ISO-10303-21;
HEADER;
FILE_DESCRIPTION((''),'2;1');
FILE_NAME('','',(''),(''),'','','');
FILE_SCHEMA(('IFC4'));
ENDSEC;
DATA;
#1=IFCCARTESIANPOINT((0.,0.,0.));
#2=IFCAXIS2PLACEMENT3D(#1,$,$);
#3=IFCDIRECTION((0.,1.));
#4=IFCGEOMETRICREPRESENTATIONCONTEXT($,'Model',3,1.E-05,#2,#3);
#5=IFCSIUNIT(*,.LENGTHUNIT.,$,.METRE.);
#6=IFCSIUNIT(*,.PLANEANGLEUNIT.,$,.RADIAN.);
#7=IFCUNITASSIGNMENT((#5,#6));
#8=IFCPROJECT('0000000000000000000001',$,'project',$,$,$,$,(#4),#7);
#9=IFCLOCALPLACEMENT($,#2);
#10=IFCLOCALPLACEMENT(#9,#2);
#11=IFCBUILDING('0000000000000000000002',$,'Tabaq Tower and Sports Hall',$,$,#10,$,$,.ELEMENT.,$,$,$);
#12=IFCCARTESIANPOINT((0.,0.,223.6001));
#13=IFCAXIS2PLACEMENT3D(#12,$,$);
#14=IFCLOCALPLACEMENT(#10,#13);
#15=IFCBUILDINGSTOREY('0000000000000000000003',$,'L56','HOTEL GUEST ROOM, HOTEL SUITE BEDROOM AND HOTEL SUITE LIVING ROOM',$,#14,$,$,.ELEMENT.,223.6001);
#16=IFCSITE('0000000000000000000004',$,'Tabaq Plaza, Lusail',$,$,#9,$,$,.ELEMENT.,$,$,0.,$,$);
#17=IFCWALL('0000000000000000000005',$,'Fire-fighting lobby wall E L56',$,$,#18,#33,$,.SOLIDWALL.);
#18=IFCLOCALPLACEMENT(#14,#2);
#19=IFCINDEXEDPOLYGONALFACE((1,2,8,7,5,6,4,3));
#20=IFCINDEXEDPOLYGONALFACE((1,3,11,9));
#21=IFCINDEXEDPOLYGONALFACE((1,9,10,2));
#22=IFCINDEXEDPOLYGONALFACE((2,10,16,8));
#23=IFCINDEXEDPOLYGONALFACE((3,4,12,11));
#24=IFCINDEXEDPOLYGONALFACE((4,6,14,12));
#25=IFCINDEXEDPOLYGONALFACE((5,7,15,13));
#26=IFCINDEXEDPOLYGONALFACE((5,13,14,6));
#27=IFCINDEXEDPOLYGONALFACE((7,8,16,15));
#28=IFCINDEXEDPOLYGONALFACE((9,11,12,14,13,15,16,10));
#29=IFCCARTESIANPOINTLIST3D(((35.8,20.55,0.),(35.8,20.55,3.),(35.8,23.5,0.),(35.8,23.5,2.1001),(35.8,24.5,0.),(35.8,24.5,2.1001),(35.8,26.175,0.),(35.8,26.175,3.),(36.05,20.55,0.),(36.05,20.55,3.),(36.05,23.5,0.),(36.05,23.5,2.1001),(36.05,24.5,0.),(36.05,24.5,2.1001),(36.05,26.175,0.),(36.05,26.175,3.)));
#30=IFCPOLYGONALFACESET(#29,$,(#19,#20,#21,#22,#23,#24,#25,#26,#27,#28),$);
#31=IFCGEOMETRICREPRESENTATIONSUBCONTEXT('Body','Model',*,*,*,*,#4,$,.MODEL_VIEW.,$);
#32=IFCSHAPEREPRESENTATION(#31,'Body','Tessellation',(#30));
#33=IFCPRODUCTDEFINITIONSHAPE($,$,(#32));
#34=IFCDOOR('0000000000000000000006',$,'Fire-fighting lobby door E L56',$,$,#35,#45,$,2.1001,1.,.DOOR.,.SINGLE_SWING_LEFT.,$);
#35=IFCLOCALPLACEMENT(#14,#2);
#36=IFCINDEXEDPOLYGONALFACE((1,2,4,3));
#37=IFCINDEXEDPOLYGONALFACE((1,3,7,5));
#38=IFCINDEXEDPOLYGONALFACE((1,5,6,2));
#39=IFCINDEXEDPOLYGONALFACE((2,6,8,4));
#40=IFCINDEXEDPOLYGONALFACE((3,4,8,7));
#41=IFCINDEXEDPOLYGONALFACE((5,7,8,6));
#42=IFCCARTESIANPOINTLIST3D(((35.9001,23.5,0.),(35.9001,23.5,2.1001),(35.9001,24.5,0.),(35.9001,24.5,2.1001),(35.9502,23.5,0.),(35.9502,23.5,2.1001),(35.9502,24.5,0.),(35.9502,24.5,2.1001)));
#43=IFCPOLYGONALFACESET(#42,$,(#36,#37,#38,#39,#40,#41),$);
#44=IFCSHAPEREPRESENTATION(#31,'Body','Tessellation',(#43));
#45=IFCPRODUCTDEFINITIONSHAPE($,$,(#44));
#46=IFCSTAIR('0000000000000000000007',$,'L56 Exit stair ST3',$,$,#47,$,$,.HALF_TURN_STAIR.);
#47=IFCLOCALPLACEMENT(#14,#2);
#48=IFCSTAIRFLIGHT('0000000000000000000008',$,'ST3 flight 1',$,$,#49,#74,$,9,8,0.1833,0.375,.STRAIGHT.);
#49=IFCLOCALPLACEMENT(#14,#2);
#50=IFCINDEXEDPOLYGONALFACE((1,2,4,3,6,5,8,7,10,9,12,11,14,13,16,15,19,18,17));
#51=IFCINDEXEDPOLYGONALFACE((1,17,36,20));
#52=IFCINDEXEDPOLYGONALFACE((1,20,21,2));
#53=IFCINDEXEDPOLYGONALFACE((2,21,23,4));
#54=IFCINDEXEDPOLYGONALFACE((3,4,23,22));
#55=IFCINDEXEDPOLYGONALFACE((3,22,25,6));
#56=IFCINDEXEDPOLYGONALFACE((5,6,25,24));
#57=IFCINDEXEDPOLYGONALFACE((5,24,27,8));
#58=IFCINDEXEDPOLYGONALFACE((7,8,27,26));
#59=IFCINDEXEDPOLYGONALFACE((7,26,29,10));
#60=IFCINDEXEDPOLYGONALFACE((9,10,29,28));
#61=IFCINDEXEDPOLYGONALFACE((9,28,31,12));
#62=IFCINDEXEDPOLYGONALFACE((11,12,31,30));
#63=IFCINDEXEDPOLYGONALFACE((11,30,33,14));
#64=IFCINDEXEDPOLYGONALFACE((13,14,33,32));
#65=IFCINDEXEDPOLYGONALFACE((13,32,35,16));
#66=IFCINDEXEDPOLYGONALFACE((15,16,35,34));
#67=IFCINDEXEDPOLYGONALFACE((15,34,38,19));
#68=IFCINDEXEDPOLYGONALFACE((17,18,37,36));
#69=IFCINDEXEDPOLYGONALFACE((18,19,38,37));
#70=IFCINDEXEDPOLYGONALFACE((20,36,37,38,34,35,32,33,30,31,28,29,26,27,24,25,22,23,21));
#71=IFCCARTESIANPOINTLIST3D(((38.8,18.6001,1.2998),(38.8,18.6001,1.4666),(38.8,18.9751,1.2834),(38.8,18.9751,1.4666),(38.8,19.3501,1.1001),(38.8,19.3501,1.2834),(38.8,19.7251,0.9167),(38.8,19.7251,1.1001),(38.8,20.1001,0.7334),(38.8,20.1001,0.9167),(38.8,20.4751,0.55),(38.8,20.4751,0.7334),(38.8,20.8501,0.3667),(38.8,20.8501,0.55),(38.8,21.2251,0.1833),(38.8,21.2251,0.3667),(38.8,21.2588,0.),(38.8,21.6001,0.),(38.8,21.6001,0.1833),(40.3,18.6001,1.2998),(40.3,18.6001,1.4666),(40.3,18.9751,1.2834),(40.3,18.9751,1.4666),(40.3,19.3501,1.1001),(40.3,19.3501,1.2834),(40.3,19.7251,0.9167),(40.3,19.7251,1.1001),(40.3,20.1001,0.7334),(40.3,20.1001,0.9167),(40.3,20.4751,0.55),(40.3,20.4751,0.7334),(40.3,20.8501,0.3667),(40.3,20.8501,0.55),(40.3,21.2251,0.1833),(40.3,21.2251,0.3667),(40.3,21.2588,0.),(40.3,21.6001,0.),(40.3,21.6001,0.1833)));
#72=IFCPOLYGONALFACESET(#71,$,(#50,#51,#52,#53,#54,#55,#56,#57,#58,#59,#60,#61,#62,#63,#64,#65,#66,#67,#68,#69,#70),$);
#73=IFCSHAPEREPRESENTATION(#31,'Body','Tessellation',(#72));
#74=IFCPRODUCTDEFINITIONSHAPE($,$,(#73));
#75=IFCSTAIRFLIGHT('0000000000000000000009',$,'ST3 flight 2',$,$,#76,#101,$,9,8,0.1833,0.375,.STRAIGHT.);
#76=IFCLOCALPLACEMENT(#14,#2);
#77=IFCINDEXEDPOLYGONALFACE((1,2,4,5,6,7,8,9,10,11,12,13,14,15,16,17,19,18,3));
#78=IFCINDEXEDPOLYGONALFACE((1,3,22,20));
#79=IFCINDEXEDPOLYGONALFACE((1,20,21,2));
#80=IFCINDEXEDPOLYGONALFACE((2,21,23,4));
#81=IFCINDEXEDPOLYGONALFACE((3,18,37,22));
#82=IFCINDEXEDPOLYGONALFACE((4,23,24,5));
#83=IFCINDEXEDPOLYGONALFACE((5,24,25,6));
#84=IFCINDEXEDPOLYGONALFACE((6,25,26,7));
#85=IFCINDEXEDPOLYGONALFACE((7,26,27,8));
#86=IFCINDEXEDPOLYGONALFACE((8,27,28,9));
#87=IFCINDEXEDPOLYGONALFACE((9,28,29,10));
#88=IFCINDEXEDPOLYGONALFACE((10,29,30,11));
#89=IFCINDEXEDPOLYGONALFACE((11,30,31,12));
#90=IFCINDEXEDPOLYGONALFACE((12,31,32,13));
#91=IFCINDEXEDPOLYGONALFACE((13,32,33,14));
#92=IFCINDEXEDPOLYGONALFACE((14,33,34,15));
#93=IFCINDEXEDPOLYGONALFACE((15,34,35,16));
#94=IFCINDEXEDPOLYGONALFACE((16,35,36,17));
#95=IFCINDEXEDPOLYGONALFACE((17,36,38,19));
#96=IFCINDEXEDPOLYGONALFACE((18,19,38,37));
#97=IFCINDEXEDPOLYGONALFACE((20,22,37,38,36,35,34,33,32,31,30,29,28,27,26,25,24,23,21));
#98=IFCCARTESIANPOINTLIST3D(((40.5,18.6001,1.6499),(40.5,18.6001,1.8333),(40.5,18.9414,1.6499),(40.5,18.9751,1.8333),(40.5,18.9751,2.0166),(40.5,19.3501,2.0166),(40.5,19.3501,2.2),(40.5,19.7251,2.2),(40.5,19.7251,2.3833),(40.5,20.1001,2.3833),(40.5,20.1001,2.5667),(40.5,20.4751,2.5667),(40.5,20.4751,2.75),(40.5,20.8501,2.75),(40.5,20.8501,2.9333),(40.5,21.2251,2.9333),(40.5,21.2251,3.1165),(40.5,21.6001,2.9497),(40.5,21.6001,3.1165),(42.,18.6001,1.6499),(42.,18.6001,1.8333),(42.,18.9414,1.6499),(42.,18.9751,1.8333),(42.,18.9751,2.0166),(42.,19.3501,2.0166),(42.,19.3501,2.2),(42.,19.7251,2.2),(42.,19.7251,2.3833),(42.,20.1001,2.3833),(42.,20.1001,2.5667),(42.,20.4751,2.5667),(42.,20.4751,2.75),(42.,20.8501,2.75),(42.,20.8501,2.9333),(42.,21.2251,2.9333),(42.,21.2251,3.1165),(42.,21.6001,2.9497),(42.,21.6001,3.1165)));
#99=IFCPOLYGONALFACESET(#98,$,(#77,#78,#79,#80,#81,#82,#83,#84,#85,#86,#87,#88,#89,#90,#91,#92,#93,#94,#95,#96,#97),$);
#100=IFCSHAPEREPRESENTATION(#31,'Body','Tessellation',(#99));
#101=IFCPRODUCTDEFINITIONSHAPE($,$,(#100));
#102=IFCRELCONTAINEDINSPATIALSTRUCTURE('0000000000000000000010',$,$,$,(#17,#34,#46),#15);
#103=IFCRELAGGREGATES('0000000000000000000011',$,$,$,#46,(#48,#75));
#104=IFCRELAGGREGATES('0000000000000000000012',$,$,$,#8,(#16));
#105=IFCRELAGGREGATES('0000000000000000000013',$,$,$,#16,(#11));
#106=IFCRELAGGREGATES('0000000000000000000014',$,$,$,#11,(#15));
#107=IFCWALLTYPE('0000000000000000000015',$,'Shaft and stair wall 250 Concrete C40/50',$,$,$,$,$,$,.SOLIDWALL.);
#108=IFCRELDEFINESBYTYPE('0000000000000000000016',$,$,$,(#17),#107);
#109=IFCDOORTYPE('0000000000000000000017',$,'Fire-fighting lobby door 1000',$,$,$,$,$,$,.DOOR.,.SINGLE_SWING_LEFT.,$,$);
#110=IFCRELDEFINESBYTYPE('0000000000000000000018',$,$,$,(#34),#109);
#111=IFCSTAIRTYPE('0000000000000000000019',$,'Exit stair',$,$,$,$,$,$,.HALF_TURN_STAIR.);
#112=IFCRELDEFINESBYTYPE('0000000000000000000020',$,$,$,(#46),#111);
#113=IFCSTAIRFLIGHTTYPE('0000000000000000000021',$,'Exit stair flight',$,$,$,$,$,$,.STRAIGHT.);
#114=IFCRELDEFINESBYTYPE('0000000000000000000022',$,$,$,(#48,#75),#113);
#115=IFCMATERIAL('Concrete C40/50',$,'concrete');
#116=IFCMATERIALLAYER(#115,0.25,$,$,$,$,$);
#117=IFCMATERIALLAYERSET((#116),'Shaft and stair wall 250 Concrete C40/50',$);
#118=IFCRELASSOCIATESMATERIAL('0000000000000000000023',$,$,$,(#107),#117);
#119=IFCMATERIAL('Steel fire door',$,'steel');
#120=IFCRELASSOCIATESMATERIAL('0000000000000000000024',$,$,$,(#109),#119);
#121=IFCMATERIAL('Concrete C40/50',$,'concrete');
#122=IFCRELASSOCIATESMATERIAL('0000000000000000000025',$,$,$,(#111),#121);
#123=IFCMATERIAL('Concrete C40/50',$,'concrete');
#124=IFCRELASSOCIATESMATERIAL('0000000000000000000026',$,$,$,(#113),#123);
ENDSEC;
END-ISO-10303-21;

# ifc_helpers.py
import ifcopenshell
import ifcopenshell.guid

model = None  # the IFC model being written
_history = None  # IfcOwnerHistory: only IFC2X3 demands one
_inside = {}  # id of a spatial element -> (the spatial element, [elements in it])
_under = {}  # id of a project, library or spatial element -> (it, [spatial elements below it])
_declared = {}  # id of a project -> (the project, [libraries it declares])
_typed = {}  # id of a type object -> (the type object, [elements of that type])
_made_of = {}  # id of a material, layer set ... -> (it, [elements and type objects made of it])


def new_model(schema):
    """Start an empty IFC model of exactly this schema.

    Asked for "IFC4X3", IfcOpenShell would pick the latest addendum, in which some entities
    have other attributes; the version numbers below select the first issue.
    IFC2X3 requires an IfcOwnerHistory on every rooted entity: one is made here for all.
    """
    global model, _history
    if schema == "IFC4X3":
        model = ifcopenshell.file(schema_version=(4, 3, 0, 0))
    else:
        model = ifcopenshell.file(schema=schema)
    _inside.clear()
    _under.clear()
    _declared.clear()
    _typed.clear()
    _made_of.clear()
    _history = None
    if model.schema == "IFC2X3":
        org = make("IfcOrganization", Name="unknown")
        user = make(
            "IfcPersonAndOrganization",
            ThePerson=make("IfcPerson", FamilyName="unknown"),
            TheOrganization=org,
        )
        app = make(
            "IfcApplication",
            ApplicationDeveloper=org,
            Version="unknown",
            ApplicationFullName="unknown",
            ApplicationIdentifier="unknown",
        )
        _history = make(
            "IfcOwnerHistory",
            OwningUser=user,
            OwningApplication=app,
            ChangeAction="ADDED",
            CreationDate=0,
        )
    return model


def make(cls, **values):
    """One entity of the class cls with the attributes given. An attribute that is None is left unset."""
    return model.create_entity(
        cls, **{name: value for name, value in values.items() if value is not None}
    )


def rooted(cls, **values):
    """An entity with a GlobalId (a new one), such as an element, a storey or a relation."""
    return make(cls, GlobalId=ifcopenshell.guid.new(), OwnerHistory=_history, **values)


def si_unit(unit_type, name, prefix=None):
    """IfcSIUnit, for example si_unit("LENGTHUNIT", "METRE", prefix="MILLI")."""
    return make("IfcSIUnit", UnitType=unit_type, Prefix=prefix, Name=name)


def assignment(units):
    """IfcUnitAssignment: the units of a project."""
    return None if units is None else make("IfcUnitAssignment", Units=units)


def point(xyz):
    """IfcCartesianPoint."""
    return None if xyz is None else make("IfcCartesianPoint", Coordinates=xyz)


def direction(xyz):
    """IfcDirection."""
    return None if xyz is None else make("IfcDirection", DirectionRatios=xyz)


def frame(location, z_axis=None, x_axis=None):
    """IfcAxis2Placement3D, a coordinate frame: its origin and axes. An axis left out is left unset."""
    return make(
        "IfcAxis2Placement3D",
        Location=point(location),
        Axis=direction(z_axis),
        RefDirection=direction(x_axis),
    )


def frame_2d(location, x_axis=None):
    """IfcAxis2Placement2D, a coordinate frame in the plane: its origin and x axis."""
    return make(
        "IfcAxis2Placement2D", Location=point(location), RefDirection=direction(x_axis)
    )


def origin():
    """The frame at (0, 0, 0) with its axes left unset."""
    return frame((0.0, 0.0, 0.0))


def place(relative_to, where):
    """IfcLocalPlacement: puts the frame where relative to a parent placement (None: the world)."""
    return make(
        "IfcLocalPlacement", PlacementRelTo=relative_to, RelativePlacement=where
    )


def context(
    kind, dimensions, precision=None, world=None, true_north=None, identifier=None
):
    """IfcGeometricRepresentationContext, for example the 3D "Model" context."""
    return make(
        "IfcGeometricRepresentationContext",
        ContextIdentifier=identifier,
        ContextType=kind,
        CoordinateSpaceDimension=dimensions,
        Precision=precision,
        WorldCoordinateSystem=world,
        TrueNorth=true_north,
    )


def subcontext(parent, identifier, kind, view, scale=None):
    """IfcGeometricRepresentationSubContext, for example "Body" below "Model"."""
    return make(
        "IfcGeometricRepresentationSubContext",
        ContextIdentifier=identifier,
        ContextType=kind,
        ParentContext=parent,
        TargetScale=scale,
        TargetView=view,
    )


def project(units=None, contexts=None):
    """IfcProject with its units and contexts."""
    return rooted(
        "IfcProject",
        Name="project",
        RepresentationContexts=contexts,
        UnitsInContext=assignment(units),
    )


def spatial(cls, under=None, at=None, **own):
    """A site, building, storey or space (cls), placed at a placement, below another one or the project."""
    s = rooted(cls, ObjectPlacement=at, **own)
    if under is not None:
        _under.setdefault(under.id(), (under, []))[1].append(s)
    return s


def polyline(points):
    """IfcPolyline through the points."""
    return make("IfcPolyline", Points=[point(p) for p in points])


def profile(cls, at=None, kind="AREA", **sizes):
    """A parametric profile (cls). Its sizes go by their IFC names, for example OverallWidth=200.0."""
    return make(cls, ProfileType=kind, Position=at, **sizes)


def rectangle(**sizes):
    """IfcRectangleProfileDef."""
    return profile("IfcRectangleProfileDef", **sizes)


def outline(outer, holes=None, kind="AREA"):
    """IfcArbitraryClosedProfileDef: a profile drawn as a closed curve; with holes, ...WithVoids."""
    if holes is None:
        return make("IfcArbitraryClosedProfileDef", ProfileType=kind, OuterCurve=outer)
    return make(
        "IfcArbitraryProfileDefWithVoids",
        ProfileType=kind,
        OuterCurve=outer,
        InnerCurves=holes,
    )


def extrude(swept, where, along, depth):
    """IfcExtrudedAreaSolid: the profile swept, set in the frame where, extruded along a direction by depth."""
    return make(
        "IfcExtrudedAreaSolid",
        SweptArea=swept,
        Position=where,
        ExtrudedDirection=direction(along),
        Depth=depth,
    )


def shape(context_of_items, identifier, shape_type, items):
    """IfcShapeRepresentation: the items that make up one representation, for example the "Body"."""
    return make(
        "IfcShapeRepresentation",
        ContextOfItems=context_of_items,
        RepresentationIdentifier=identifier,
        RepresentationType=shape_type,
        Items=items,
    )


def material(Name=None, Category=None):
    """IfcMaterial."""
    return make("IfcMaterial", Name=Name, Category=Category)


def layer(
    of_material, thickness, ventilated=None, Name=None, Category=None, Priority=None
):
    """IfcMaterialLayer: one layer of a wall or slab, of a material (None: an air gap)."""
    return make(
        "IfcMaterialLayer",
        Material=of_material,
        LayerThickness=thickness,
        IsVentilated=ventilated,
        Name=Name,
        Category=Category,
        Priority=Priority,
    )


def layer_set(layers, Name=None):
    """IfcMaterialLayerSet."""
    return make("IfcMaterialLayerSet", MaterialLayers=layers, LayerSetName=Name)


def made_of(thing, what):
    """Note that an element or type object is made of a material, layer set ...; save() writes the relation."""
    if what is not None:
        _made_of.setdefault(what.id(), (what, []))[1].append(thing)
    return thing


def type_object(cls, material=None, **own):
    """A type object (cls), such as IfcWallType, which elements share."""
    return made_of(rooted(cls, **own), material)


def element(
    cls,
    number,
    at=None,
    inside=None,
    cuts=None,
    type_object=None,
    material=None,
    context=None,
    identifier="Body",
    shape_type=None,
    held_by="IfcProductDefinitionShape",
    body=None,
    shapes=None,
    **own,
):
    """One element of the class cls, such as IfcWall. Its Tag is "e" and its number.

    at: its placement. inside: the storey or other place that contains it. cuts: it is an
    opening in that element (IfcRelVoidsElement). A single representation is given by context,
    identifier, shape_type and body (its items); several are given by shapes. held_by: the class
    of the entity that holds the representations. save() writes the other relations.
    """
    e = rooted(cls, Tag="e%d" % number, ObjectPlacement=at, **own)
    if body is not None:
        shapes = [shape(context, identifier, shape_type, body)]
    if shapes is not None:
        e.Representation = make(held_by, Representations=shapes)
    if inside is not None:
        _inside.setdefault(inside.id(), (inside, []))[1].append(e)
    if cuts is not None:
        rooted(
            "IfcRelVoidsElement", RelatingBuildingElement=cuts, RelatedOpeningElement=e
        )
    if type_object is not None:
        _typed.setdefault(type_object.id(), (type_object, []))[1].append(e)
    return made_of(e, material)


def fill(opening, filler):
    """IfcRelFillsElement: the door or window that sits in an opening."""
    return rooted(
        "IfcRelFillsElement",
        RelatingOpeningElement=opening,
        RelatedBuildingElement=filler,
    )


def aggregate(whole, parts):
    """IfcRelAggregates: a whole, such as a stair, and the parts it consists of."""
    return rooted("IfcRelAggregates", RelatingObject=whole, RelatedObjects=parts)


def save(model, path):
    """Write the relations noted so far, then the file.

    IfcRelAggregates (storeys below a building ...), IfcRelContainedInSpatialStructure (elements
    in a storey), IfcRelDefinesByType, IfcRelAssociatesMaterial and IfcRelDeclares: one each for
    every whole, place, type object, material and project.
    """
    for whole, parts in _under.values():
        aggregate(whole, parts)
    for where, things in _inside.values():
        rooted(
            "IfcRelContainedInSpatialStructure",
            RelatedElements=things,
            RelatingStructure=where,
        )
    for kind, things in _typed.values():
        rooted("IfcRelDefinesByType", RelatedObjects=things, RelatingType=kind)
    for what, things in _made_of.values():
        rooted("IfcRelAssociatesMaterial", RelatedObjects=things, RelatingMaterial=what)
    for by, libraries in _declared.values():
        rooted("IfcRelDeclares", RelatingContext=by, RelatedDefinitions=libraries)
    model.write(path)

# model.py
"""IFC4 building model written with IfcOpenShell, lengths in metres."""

from ifc_helpers import new_model, si_unit, direction, frame, frame_2d, origin, place, context, subcontext, project, spatial, polyline, rectangle, outline, extrude, material, layer, layer_set, type_object, element, fill, aggregate, save


model = new_model("IFC4")

# Units and contexts
model_context = context("Model", 3, precision=1e-05, world=origin(), true_north=direction((0.0, 1.0)))
body_context = subcontext(model_context, "Body", "Model", "MODEL_VIEW")
ifc_project = project(units=[si_unit("LENGTHUNIT", "METRE"), si_unit("PLANEANGLEUNIT", "RADIAN")], contexts=[model_context])

# Site, building, storey
site_placement = place(None, origin())
site = spatial("IfcSite", under=ifc_project, at=site_placement, Name="Tabaq Plaza, Lusail", CompositionType="ELEMENT", RefElevation=0.0)
building_placement = place(site_placement, origin())
building = spatial("IfcBuilding", under=site, at=building_placement, Name="Tabaq Tower and Sports Hall", CompositionType="ELEMENT")
storey_placement = place(building_placement, frame((0.0, 0.0, 223.6001)))
storey = spatial("IfcBuildingStorey", under=building, at=storey_placement, Name="L56", Description="HOTEL GUEST ROOM, HOTEL SUITE BEDROOM AND HOTEL SUITE LIVING ROOM", CompositionType="ELEMENT", Elevation=223.6001)

# Shared definitions
ifc_material_1 = material(Name="Concrete C40/50", Category="concrete")
ifc_layer_1 = layer(ifc_material_1, 0.25)
ifc_layer_set_1 = layer_set([ifc_layer_1], Name="Shaft and stair wall 250 Concrete C40/50")
wall_type_1 = type_object("IfcWallType", Name="Shaft and stair wall 250 Concrete C40/50", PredefinedType="SOLIDWALL", material=ifc_layer_set_1)

# Wall, opening, door
wall_1_placement = place(storey_placement, frame((35.925, 20.55, 0.0), z_axis=(0.0, 0.0, 1.0), x_axis=(0.0, 1.0, 0.0)))
wall_1 = element("IfcWall", 1, at=wall_1_placement, inside=storey, type_object=wall_type_1, Name="Fire-fighting lobby wall E L56", PredefinedType="SOLIDWALL", context=body_context, shape_type="SweptSolid", body=[
    extrude(rectangle(XDim=5.625, YDim=0.25, at=frame_2d((2.8125, 0.0))), origin(), (0.0, 0.0, 1.0), 3.0),
])
opening_1_placement = place(wall_1_placement, frame((2.95, 0.0, 0.0)))
opening_1 = element("IfcOpeningElement", 2, at=opening_1_placement, cuts=wall_1, PredefinedType="OPENING", context=body_context, shape_type="SweptSolid", body=[
    extrude(rectangle(XDim=1.0, YDim=2.1001, at=frame_2d((0.5, 1.05))), frame((0.0, 0.125, 0.0), z_axis=(0.0, -1.0, 0.0), x_axis=(1.0, 0.0, 0.0)), (0.0, 0.0, 1.0), 0.25),
])
ifc_material_2 = material(Name="Steel fire door", Category="steel")
door_type_1 = type_object("IfcDoorType", Name="Fire-fighting lobby door 1000", OperationType="SINGLE_SWING_LEFT", PredefinedType="DOOR", material=ifc_material_2)
door_1_placement = place(opening_1_placement, origin())
door_1 = element("IfcDoor", 3, at=door_1_placement, inside=storey, type_object=door_type_1, Name="Fire-fighting lobby door E L56", OperationType="SINGLE_SWING_LEFT", OverallHeight=2.1001, OverallWidth=1.0, PredefinedType="DOOR", context=body_context, shape_type="SweptSolid", body=[
    extrude(rectangle(XDim=1.0, YDim=2.1001, at=frame_2d((0.5, 1.05))), frame((0.0, 0.0249, 0.0), z_axis=(0.0, -1.0, 0.0), x_axis=(1.0, 0.0, 0.0)), (0.0, 0.0, 1.0), 0.05),
])
fill(opening_1, door_1)

# Stair, stair flights
ifc_material_3 = material(Name="Concrete C40/50", Category="concrete")
stair_type = type_object("IfcStairType", Name="Exit stair", PredefinedType="HALF_TURN_STAIR", material=ifc_material_3)
stair_placement = place(storey_placement, origin())
stair = element("IfcStair", 4, at=stair_placement, inside=storey, type_object=stair_type, Name="L56 Exit stair ST3", PredefinedType="HALF_TURN_STAIR")
ifc_material_4 = material(Name="Concrete C40/50", Category="concrete")
stair_flight_type = type_object("IfcStairFlightType", Name="Exit stair flight", PredefinedType="STRAIGHT", material=ifc_material_4)
stair_flight_1_placement = place(storey_placement, frame((39.55, 21.6001, 0.0), z_axis=(0.0, 0.0, 1.0), x_axis=(0.0, -1.0, 0.0)))
stair_flight_1 = element("IfcStairFlight", 5, at=stair_flight_1_placement, type_object=stair_flight_type, Name="ST3 flight 1", NumberOfRisers=9, NumberOfTreads=8, PredefinedType="STRAIGHT", RiserHeight=0.1833, TreadLength=0.375, context=body_context, shape_type="SweptSolid", body=[
    extrude(outline(polyline([(0.0, 0.0), (0.0, 0.1833), (0.375, 0.1833), (0.375, 0.3667), (0.75, 0.3667), (0.75, 0.55), (1.125, 0.55), (1.125, 0.7334), (1.5, 0.7334), (1.5, 0.9167), (1.875, 0.9167), (1.875, 1.1001), (2.25, 1.1001), (2.25, 1.2834), (2.625, 1.2834), (2.625, 1.4666), (3.0, 1.4666), (3.0, 1.6499), (3.0, 1.2998), (0.3413, 0.0), (0.0, 0.0)])), frame((0.0, 0.75, 0.0), z_axis=(0.0, -1.0, 0.0), x_axis=(1.0, 0.0, 0.0)), (0.0, 0.0, 1.0), 1.5),
])
stair_flight_2_placement = place(storey_placement, frame((41.25, 18.6001, 1.6499), z_axis=(0.0, 0.0, 1.0), x_axis=(0.0, 1.0, 0.0)))
stair_flight_2 = element("IfcStairFlight", 6, at=stair_flight_2_placement, type_object=stair_flight_type, Name="ST3 flight 2", NumberOfRisers=9, NumberOfTreads=8, PredefinedType="STRAIGHT", RiserHeight=0.1833, TreadLength=0.375, context=body_context, shape_type="SweptSolid", body=[
    extrude(outline(polyline([(0.0, 0.0), (0.0, 0.1833), (0.375, 0.1833), (0.375, 0.3667), (0.75, 0.3667), (0.75, 0.55), (1.125, 0.55), (1.125, 0.7334), (1.5, 0.7334), (1.5, 0.9167), (1.875, 0.9167), (1.875, 1.1001), (2.25, 1.1001), (2.25, 1.2834), (2.625, 1.2834), (2.625, 1.4666), (3.0, 1.4666), (3.0, 1.6499), (3.0, 1.2998), (0.3413, 0.0), (0.0, 0.0)])), frame((0.0, 0.75, 0.0), z_axis=(0.0, -1.0, 0.0), x_axis=(1.0, 0.0, 0.0)), (0.0, 0.0, 1.0), 1.5),
])
aggregate(stair, [stair_flight_1, stair_flight_2])

save(model, "model.ifc")
